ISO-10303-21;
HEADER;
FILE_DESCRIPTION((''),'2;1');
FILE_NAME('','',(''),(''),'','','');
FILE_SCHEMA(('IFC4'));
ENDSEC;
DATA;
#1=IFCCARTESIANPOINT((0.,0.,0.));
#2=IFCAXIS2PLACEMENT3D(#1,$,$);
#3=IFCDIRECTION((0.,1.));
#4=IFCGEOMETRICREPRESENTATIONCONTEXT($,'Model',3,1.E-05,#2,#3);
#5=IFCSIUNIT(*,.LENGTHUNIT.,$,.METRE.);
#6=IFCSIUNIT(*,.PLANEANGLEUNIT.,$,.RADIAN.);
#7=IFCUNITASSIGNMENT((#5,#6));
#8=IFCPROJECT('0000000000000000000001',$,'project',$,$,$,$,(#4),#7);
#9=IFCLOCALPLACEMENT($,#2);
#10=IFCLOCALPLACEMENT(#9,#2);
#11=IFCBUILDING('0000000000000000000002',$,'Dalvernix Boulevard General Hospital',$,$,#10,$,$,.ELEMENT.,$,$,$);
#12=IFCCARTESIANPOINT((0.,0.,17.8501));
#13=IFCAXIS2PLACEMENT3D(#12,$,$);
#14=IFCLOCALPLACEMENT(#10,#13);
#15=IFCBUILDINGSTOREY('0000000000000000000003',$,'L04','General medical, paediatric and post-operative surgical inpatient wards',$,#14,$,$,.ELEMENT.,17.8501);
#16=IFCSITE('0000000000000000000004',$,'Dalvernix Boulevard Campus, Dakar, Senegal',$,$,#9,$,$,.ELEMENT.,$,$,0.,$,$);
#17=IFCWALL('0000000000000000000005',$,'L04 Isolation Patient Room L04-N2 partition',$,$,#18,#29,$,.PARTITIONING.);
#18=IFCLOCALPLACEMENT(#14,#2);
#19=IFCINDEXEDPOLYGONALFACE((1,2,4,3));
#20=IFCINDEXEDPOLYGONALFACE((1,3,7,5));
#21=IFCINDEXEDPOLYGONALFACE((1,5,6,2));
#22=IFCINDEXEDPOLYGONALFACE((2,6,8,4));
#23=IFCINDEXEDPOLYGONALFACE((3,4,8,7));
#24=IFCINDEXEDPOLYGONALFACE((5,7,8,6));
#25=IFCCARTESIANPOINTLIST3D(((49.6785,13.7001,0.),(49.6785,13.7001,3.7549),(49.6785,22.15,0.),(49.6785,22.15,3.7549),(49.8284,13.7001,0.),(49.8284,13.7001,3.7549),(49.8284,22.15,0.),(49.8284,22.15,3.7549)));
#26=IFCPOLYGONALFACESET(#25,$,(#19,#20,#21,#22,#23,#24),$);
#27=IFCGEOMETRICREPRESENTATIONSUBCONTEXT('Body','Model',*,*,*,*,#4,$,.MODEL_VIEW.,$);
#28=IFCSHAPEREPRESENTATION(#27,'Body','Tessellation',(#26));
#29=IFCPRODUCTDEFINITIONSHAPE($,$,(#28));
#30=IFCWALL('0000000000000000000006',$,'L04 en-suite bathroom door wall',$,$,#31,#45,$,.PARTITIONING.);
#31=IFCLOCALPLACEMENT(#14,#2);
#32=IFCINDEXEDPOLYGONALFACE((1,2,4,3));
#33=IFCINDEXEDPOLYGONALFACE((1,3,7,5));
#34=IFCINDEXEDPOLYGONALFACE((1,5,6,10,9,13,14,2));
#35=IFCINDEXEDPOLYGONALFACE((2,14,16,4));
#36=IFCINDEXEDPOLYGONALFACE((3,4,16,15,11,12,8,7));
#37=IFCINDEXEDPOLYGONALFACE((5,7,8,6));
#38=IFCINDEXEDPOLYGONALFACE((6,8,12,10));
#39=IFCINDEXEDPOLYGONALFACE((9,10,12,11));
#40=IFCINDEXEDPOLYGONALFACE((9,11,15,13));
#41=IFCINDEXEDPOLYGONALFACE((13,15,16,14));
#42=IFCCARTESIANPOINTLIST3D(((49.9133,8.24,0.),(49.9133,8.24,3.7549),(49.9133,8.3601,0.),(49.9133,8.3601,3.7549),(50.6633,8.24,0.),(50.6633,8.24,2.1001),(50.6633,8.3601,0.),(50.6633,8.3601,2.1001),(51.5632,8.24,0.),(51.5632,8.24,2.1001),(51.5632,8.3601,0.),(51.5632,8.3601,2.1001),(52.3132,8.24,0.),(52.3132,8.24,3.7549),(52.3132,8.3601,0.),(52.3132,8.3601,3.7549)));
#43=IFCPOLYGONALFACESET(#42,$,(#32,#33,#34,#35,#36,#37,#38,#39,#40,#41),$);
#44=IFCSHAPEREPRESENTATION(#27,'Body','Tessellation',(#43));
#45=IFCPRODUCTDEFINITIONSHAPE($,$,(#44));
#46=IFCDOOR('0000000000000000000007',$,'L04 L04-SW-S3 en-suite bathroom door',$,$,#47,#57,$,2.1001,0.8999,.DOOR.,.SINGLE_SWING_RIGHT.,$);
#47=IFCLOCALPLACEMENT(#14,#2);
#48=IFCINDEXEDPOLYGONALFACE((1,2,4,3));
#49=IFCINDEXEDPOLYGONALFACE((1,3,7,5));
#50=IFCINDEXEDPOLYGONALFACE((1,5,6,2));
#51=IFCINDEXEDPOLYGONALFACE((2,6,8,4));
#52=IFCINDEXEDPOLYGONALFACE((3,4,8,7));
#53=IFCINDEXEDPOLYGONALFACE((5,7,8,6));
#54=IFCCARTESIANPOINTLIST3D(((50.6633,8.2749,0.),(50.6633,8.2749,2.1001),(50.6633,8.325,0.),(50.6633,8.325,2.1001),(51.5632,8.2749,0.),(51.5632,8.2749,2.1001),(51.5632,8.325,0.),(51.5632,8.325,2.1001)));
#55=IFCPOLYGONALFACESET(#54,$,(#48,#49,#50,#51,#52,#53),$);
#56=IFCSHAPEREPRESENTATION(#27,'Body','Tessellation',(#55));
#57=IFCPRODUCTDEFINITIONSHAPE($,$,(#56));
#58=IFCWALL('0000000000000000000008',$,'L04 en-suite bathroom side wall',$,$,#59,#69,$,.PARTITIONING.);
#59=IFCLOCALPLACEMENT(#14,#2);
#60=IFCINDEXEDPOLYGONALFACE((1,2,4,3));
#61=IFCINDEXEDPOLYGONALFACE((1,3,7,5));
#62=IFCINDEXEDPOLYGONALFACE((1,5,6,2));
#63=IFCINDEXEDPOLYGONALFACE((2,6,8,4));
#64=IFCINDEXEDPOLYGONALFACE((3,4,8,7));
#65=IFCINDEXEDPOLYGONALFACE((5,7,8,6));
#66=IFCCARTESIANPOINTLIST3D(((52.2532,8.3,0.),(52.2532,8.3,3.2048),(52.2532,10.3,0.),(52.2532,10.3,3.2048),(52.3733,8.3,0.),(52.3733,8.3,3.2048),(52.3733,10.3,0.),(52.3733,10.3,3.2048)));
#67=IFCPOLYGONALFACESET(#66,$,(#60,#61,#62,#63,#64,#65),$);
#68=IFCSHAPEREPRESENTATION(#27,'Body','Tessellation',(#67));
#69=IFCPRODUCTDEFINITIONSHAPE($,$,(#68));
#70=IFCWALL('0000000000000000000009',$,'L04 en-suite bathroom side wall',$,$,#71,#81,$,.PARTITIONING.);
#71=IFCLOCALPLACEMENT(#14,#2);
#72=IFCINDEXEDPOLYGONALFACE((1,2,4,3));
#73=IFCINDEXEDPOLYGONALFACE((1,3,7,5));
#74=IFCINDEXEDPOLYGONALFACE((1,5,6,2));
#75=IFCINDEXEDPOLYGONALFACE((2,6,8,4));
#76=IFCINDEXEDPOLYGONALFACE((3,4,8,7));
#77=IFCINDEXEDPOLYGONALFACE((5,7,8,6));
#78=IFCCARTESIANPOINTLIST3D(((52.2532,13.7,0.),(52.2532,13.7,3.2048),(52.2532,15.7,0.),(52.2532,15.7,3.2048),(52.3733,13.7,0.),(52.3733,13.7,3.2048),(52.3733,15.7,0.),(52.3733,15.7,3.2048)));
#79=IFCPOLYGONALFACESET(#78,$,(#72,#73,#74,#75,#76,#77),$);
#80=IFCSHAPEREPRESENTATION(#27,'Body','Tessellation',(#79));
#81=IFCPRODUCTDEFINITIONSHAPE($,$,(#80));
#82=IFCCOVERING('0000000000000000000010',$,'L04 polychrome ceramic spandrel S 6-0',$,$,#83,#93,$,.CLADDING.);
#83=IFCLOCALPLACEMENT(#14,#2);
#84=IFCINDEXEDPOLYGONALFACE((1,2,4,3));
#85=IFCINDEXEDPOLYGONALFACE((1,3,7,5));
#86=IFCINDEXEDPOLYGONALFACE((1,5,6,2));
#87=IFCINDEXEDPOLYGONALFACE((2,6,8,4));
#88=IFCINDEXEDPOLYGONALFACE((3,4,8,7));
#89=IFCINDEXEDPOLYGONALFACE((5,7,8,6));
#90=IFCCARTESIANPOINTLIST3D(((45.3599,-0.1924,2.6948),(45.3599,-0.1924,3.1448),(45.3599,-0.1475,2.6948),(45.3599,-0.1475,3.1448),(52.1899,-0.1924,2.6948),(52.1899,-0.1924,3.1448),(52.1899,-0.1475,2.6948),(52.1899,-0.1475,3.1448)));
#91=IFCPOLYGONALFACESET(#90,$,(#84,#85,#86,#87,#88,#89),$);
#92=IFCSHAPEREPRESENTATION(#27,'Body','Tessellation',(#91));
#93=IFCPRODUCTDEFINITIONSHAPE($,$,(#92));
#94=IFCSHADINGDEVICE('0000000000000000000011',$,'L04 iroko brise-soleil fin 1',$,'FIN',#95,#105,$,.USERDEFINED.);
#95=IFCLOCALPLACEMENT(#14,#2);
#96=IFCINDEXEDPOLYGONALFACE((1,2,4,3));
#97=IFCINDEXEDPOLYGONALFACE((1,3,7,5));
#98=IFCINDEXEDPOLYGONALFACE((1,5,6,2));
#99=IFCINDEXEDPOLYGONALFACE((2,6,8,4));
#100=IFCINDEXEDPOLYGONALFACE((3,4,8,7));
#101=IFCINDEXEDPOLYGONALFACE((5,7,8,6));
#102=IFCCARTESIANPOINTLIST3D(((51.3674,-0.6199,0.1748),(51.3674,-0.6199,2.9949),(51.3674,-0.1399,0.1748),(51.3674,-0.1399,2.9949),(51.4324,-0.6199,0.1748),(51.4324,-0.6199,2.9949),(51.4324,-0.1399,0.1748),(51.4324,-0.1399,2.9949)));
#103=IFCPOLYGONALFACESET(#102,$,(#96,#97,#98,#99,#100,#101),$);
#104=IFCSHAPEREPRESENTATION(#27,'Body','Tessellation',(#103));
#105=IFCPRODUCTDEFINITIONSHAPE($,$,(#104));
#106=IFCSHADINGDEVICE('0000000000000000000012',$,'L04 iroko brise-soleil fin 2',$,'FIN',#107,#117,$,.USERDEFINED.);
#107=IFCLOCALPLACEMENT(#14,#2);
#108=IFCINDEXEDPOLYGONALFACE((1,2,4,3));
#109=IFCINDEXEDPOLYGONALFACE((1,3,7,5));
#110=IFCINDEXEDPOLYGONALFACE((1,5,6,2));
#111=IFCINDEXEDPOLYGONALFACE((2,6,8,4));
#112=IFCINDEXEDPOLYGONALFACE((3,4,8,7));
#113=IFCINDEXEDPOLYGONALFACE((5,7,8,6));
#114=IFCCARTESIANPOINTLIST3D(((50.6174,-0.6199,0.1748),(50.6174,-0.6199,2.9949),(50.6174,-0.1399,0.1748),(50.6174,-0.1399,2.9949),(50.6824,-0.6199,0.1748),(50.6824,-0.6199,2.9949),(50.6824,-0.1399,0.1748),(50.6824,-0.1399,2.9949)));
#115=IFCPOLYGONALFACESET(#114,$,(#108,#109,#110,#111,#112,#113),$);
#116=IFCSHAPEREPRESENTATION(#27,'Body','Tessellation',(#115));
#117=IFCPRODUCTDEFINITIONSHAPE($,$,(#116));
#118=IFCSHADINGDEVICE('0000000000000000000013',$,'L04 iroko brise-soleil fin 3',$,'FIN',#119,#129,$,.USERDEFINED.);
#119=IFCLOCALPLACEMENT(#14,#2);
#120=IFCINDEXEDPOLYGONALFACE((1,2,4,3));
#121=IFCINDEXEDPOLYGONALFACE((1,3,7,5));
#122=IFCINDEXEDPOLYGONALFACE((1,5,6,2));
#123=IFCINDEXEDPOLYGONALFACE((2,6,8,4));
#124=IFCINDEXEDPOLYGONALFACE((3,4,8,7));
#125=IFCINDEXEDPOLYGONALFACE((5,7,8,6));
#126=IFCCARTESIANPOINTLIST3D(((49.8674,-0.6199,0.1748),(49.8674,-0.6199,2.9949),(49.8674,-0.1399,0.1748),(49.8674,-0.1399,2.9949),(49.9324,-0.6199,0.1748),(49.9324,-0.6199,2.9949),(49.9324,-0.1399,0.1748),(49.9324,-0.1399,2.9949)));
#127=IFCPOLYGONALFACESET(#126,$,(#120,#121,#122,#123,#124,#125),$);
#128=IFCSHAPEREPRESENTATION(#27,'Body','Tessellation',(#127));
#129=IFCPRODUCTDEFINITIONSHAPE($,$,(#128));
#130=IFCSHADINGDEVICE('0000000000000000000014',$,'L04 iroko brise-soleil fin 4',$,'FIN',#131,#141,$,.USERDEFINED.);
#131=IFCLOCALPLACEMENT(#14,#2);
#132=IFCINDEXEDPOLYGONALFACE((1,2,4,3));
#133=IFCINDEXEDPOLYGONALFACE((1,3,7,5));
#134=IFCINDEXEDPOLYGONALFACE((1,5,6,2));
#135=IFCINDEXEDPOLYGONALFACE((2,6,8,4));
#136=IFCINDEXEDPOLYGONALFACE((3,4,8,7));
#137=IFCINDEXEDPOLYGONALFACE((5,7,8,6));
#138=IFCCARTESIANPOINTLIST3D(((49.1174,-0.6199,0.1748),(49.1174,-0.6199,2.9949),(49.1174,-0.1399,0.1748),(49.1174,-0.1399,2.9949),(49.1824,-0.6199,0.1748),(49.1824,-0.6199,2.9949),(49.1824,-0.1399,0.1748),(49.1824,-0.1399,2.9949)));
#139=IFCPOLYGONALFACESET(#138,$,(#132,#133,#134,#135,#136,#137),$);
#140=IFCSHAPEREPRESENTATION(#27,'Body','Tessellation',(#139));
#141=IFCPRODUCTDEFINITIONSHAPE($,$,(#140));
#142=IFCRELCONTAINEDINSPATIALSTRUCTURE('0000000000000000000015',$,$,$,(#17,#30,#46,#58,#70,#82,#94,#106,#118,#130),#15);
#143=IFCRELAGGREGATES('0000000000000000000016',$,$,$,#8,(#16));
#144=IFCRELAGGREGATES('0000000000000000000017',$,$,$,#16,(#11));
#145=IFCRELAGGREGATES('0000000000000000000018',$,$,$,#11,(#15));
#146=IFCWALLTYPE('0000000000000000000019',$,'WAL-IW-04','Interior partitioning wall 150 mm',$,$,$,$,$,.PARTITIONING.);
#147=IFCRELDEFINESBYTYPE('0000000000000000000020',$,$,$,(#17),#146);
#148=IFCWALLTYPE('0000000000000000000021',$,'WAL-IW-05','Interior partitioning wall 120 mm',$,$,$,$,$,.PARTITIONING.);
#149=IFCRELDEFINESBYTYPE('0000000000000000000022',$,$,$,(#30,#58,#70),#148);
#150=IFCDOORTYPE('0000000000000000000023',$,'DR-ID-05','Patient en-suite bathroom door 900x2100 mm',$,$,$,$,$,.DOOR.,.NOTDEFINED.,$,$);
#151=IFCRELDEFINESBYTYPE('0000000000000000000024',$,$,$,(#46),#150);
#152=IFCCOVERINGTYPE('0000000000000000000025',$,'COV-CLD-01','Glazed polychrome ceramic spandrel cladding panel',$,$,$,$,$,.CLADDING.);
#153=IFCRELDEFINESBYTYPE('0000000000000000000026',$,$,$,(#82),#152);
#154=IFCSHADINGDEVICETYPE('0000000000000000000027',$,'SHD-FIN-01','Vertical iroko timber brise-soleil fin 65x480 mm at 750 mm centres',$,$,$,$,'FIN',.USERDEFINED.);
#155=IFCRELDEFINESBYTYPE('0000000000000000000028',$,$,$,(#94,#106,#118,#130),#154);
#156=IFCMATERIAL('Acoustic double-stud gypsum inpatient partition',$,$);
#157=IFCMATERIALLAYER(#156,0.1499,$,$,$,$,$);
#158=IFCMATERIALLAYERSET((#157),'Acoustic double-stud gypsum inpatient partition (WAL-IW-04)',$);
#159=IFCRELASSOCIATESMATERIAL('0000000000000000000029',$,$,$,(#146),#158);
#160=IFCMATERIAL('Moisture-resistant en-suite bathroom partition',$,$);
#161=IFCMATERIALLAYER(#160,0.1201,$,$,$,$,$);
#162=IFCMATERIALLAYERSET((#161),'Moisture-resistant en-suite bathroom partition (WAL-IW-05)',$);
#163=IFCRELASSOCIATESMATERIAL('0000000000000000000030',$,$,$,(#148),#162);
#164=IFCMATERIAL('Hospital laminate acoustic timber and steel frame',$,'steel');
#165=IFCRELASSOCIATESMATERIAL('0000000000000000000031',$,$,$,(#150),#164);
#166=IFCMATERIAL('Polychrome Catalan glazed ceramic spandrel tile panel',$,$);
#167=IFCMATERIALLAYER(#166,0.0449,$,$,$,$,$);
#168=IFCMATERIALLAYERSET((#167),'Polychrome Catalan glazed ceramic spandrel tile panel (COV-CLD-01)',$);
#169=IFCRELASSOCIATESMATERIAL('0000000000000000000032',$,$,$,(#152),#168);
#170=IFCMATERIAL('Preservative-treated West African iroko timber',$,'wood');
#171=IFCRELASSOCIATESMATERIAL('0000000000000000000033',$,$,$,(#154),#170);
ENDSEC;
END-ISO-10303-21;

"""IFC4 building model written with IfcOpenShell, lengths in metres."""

from ifc_helpers import new_model, si_unit, direction, frame, frame_2d, origin, origin_2d, place, context, subcontext, project, spatial, rectangle, extrude, material, layer, layer_set, type_object, element, fill, save


model = new_model("IFC4")

# Units and contexts
model_context = context("Model", 3, precision=1e-05, world=origin(), true_north=direction((0.0, 1.0)))
body_context = subcontext(model_context, "Body", "Model", "MODEL_VIEW")
ifc_project = project(units=[si_unit("LENGTHUNIT", "METRE"), si_unit("PLANEANGLEUNIT", "RADIAN")], contexts=[model_context])

# Site, building, storey
site_placement = place(None, origin())
site = spatial("IfcSite", under=ifc_project, at=site_placement, Name="Dalvernix Boulevard Campus, Dakar, Senegal", CompositionType="ELEMENT", RefElevation=0.0)
building_placement = place(site_placement, origin())
building = spatial("IfcBuilding", under=site, at=building_placement, Name="Dalvernix Boulevard General Hospital", CompositionType="ELEMENT")
storey_placement = place(building_placement, frame((0.0, 0.0, 17.8501)))
storey = spatial("IfcBuildingStorey", under=building, at=storey_placement, Name="L04", Description="General medical, paediatric and post-operative surgical inpatient wards", CompositionType="ELEMENT", Elevation=17.8501)

# Shared definitions
ifc_material_1 = material(Name="Acoustic double-stud gypsum inpatient partition")
ifc_layer_1 = layer(ifc_material_1, 0.1499)
ifc_layer_set_1 = layer_set([ifc_layer_1], Name="Acoustic double-stud gypsum inpatient partition (WAL-IW-04)")
wall_type_1 = type_object("IfcWallType", Name="WAL-IW-04", Description="Interior partitioning wall 150 mm", PredefinedType="PARTITIONING", material=ifc_layer_set_1)
ifc_material_2 = material(Name="Hospital laminate acoustic timber and steel frame", Category="steel")

# Wall
wall_1_placement = place(storey_placement, frame((49.7534, 13.7, 0.0), z_axis=(0.0, 0.0, 1.0), x_axis=(0.0, 1.0, 0.0)))
element("IfcWall", 1, at=wall_1_placement, inside=storey, type_object=wall_type_1, Name="L04 Isolation Patient Room L04-N2 partition", PredefinedType="PARTITIONING", context=body_context, shape_type="SweptSolid", body=[
    extrude(rectangle(XDim=8.45, YDim=0.1499, at=frame_2d((4.2251, 0.0))), origin(), (0.0, 0.0, 1.0), 3.7549),
])

# Wall, opening, door
ifc_material_3 = material(Name="Moisture-resistant en-suite bathroom partition")
ifc_layer_2 = layer(ifc_material_3, 0.1201)
ifc_layer_set_2 = layer_set([ifc_layer_2], Name="Moisture-resistant en-suite bathroom partition (WAL-IW-05)")
wall_type_2 = type_object("IfcWallType", Name="WAL-IW-05", Description="Interior partitioning wall 120 mm", PredefinedType="PARTITIONING", material=ifc_layer_set_2)
wall_2_placement = place(storey_placement, frame((49.9133, 8.3, 0.0), z_axis=(0.0, 0.0, 1.0), x_axis=(1.0, 0.0, 0.0)))
wall_2 = element("IfcWall", 2, at=wall_2_placement, inside=storey, type_object=wall_type_2, Name="L04 en-suite bathroom door wall", PredefinedType="PARTITIONING", context=body_context, shape_type="SweptSolid", body=[
    extrude(rectangle(XDim=2.3999, YDim=0.1201, at=frame_2d((1.2, 0.0))), origin(), (0.0, 0.0, 1.0), 3.7549),
])
opening_1_placement = place(wall_2_placement, frame((0.75, 0.0, 0.0)))
opening_1 = element("IfcOpeningElement", 3, at=opening_1_placement, cuts=wall_2, PredefinedType="OPENING", context=body_context, shape_type="SweptSolid", body=[
    extrude(rectangle(XDim=0.8999, YDim=2.1001, at=frame_2d((0.45, 1.05))), frame((0.0, 0.0701, 0.0), z_axis=(0.0, -1.0, 0.0), x_axis=(1.0, 0.0, 0.0)), (0.0, 0.0, 1.0), 0.1401),
])
door_type_1 = type_object("IfcDoorType", Name="DR-ID-05", Description="Patient en-suite bathroom door 900x2100 mm", OperationType="NOTDEFINED", PredefinedType="DOOR", material=ifc_material_2)
door_1_placement = place(opening_1_placement, origin())
door_1 = element("IfcDoor", 4, at=door_1_placement, inside=storey, type_object=door_type_1, Name="L04 L04-SW-S3 en-suite bathroom door", OperationType="SINGLE_SWING_RIGHT", OverallHeight=2.1001, OverallWidth=0.8999, PredefinedType="DOOR", context=body_context, shape_type="SweptSolid", body=[
    extrude(rectangle(XDim=0.8999, YDim=2.1001, at=frame_2d((0.45, 1.05))), frame((0.0, 0.0249, 0.0), z_axis=(0.0, -1.0, 0.0), x_axis=(1.0, 0.0, 0.0)), (0.0, 0.0, 1.0), 0.05),
])
fill(opening_1, door_1)

# Walls
for number, where, z_axis, x_axis, name in (
    (5, (52.3132, 8.3, 0.0), (0.0, 0.0, 1.0), (0.0, 1.0, 0.0), "L04 en-suite bathroom side wall"),
    (6, (52.3132, 13.7, 0.0), (0.0, 0.0, 1.0), (0.0, 1.0, 0.0), "L04 en-suite bathroom side wall"),
):
    element("IfcWall", number, at=place(storey_placement, frame(where, z_axis=z_axis, x_axis=x_axis)), inside=storey, type_object=wall_type_2, Name=name, PredefinedType="PARTITIONING", context=body_context, shape_type="SweptSolid", body=[
        extrude(rectangle(XDim=2.0, YDim=0.1201, at=frame_2d((1.0, 0.0))), origin(), (0.0, 0.0, 1.0), 3.2048),
    ])

# Covering
ifc_material_4 = material(Name="Polychrome Catalan glazed ceramic spandrel tile panel")
ifc_layer_3 = layer(ifc_material_4, 0.0449)
ifc_layer_set_3 = layer_set([ifc_layer_3], Name="Polychrome Catalan glazed ceramic spandrel tile panel (COV-CLD-01)")
covering_type = type_object("IfcCoveringType", Name="COV-CLD-01", Description="Glazed polychrome ceramic spandrel cladding panel", PredefinedType="CLADDING", material=ifc_layer_set_3)
covering_placement = place(storey_placement, frame((48.7749, -0.1699, 2.6948), z_axis=(0.0, 0.0, 1.0), x_axis=(-1.0, 0.0, 0.0)))
element("IfcCovering", 7, at=covering_placement, inside=storey, type_object=covering_type, Name="L04 polychrome ceramic spandrel S 6-0", PredefinedType="CLADDING", context=body_context, shape_type="SweptSolid", body=[
    extrude(rectangle(XDim=6.8301, YDim=0.0449, at=origin_2d()), origin(), (0.0, 0.0, 1.0), 0.45),
])

# Shading devices
ifc_material_5 = material(Name="Preservative-treated West African iroko timber", Category="wood")
shading_device_type = type_object("IfcShadingDeviceType", Name="SHD-FIN-01", Description="Vertical iroko timber brise-soleil fin 65x480 mm at 750 mm centres", ElementType="FIN", PredefinedType="USERDEFINED", material=ifc_material_5)
for number, where, z_axis, x_axis, name in (
    (8, (51.3999, -0.3799, 0.1748), (0.0, 0.0, 1.0), (-1.0, 0.0, 0.0), "L04 iroko brise-soleil fin 1"),
    (9, (50.6499, -0.3799, 0.1748), (0.0, 0.0, 1.0), (-1.0, 0.0, 0.0), "L04 iroko brise-soleil fin 2"),
    (10, (49.8999, -0.3799, 0.1748), (0.0, 0.0, 1.0), (-1.0, 0.0, 0.0), "L04 iroko brise-soleil fin 3"),
    (11, (49.1499, -0.3799, 0.1748), (0.0, 0.0, 1.0), (-1.0, 0.0, 0.0), "L04 iroko brise-soleil fin 4"),
):
    element("IfcShadingDevice", number, at=place(storey_placement, frame(where, z_axis=z_axis, x_axis=x_axis)), inside=storey, type_object=shading_device_type, Name=name, ObjectType="FIN", PredefinedType="USERDEFINED", context=body_context, shape_type="SweptSolid", body=[
        extrude(rectangle(XDim=0.0649, YDim=0.48, at=origin_2d()), origin(), (0.0, 0.0, 1.0), 2.8201),
    ])

save(model, "model.ifc")
